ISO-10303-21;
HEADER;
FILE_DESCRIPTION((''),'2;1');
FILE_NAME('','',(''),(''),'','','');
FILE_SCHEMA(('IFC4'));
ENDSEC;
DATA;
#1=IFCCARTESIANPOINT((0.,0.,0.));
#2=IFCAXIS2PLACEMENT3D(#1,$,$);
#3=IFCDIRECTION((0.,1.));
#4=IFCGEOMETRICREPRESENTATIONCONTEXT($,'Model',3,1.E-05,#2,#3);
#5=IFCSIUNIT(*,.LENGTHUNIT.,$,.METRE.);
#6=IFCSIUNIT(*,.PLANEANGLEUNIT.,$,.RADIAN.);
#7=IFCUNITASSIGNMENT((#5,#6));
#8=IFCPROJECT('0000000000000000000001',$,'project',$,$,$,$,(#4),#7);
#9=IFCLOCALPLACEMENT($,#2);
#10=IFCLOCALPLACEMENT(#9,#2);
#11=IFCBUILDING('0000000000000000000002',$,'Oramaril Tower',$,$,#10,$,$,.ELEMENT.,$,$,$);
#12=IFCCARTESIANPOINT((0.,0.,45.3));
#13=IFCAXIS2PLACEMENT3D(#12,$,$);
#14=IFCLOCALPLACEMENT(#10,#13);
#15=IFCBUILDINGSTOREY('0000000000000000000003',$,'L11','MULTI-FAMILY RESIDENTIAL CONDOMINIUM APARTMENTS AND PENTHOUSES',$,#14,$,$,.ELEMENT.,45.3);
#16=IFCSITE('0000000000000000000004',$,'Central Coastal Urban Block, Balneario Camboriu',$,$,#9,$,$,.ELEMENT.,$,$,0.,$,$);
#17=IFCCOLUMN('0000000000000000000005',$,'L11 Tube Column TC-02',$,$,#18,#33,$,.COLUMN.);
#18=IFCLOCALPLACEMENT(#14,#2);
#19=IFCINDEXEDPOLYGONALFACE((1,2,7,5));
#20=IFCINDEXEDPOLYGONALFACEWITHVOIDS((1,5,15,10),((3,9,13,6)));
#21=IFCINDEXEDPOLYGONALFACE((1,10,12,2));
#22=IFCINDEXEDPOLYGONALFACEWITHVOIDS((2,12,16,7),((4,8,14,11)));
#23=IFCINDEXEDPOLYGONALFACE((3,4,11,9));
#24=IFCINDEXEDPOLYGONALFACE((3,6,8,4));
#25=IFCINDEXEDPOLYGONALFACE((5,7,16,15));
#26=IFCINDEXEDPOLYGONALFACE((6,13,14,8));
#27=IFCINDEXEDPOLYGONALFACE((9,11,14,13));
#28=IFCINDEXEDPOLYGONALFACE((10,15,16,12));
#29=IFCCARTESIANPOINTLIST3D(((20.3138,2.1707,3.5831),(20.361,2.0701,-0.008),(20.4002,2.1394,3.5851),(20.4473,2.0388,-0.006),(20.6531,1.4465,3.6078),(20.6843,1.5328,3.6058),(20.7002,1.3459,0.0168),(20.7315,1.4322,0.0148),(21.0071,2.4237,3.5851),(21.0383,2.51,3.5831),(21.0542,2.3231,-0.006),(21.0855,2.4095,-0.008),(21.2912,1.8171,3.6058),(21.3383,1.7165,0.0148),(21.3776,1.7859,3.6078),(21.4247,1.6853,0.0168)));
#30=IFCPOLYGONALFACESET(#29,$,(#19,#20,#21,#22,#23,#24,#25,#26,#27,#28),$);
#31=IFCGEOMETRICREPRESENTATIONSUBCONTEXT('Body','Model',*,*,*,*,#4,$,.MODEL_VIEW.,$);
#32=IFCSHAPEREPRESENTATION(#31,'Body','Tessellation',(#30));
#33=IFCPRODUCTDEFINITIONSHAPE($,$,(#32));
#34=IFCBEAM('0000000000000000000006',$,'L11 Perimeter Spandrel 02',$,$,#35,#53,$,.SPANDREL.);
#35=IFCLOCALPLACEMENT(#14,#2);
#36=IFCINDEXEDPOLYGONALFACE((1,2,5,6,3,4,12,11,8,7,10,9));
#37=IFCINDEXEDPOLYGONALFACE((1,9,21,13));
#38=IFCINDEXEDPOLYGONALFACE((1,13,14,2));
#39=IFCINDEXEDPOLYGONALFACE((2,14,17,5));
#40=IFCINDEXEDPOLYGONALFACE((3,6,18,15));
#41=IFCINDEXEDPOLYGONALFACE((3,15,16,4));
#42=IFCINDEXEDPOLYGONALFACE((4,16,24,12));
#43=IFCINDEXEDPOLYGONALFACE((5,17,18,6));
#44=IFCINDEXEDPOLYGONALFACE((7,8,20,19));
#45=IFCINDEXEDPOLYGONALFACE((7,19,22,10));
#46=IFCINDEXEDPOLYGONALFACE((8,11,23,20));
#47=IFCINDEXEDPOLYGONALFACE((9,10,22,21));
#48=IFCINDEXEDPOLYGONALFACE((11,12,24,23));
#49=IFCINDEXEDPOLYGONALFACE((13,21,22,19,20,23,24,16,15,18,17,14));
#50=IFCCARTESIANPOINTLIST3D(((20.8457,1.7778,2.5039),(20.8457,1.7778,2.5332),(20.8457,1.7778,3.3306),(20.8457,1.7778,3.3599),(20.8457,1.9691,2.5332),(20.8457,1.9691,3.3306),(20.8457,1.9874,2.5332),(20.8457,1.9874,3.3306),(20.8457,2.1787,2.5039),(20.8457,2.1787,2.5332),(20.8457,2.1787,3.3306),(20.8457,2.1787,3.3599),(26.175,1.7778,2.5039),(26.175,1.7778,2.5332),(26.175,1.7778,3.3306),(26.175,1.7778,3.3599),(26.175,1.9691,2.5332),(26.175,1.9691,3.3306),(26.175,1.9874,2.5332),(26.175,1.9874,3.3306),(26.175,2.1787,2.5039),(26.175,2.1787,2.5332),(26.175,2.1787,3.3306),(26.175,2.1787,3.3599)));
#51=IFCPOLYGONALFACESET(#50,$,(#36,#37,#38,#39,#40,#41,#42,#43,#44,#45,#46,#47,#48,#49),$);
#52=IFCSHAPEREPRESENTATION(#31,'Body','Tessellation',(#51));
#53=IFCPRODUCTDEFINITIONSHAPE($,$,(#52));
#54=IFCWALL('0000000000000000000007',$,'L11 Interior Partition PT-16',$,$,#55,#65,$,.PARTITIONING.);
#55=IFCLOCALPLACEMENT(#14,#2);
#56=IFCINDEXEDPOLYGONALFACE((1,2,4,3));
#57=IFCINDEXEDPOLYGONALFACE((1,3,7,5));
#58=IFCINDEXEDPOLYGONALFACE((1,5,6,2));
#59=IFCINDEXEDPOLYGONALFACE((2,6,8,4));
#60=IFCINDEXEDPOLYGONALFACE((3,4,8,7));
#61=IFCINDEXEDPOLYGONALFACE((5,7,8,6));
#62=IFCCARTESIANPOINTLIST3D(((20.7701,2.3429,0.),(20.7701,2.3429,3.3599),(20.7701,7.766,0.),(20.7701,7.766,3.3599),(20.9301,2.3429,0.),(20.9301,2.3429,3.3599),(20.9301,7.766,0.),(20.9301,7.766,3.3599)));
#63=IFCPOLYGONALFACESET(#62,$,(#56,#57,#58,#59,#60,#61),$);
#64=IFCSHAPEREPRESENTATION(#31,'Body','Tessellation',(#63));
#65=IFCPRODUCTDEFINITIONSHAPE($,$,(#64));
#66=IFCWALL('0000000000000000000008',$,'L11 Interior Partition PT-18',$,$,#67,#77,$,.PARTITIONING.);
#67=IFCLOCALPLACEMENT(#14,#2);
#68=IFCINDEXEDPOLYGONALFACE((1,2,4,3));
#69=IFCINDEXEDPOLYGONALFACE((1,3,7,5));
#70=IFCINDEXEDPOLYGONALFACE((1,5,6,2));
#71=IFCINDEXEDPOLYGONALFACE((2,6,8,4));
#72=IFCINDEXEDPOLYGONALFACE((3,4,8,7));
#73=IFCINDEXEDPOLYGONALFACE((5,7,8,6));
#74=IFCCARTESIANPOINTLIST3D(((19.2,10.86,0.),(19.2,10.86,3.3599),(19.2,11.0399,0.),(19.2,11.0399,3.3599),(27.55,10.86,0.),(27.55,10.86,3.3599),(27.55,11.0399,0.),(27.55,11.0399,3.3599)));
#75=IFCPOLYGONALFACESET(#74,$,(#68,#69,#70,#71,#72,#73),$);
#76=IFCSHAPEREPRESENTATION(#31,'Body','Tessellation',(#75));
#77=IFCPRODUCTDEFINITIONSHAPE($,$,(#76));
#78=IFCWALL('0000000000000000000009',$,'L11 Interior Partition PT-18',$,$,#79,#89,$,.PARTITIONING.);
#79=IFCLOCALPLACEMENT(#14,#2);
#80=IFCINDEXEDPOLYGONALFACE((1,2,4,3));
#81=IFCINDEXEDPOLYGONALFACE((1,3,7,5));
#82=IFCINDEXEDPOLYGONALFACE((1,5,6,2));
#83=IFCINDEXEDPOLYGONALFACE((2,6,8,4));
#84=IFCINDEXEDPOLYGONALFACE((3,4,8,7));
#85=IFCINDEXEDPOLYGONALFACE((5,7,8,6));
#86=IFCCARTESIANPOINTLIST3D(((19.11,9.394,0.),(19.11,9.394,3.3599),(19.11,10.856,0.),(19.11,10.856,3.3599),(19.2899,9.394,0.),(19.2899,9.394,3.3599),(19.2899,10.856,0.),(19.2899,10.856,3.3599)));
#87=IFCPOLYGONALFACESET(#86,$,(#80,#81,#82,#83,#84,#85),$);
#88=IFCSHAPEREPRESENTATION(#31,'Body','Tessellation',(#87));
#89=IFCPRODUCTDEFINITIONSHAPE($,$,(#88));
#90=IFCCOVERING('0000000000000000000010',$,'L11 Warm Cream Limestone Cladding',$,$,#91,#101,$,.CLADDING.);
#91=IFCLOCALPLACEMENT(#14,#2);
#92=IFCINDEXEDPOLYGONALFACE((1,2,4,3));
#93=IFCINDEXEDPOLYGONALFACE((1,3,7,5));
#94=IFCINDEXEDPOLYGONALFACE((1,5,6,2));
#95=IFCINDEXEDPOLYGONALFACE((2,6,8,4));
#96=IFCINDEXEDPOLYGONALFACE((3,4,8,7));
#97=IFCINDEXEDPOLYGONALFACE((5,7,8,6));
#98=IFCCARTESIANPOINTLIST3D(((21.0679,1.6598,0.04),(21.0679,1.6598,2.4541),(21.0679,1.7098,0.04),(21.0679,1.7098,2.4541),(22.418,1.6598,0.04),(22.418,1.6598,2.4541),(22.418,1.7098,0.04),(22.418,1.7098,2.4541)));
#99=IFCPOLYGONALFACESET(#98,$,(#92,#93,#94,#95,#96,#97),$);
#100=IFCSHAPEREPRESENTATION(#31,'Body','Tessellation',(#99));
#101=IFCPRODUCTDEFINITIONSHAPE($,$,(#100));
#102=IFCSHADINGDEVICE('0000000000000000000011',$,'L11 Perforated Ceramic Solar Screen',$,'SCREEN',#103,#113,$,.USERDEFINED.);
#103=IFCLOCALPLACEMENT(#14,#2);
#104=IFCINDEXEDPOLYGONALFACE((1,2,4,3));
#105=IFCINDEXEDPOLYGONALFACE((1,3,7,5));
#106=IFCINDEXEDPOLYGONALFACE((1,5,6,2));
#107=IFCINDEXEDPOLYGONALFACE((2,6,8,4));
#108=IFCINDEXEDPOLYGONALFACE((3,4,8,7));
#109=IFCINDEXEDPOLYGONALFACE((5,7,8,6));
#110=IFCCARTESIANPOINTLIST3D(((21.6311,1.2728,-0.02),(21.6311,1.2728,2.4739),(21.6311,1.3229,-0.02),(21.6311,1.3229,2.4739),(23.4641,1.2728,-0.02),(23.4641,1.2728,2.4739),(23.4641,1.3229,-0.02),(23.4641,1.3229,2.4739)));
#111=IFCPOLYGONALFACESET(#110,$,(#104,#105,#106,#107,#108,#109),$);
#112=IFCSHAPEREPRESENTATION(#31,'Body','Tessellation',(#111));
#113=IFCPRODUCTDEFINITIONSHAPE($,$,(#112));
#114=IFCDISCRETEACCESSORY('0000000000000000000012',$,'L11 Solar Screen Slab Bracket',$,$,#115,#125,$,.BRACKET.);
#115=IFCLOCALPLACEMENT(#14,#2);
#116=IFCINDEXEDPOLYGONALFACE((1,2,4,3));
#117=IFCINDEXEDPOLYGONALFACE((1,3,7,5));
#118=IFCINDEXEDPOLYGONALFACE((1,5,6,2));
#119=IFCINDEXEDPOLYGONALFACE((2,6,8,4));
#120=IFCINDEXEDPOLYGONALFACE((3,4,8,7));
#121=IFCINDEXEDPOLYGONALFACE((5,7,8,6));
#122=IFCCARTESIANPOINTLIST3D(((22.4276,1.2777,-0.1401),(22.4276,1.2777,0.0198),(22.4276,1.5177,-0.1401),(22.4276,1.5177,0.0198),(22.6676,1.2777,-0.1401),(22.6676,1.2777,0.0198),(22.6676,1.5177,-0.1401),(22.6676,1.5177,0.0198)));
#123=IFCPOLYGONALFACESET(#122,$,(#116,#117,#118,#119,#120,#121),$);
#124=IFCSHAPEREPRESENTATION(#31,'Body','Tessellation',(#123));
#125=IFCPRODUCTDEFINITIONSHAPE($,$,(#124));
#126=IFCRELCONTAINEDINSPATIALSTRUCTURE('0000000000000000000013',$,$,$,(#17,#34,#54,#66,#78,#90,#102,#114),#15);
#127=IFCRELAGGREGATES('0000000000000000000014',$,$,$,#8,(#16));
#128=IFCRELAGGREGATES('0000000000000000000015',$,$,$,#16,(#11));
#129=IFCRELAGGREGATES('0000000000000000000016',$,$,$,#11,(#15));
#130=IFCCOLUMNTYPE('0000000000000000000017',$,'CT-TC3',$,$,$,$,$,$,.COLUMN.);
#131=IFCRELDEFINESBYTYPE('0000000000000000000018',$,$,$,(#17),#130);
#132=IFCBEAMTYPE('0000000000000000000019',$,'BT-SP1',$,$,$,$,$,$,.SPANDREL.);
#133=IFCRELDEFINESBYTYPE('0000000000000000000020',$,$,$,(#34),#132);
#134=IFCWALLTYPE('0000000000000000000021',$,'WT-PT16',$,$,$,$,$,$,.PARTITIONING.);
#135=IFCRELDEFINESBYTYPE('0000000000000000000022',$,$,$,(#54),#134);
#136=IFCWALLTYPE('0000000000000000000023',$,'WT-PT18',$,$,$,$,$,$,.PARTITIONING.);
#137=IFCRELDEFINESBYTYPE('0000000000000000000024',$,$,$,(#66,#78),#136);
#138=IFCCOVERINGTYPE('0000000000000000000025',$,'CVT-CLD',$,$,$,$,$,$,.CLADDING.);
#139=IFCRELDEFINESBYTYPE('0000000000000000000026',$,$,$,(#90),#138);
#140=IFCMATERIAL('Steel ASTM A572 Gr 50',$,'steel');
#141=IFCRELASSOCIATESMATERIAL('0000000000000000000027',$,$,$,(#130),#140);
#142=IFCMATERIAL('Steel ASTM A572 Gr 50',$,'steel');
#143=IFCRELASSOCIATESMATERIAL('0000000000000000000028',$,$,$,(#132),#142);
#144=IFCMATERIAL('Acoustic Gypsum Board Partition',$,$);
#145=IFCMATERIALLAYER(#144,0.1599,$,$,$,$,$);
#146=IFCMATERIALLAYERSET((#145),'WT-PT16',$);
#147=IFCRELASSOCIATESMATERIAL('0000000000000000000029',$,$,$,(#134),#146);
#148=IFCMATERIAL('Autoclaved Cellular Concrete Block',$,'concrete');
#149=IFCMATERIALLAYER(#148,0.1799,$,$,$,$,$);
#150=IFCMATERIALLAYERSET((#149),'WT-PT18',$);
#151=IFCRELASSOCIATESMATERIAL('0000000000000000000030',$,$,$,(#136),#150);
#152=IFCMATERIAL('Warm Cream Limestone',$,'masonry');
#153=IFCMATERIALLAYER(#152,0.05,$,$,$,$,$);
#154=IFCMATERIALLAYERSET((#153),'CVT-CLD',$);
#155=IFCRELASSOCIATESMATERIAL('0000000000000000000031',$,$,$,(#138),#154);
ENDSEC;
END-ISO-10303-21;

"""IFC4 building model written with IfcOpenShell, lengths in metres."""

from ifc_helpers import new_model, si_unit, direction, frame, frame_2d, origin, origin_2d, place, context, subcontext, project, spatial, rectangle, hollow_rectangle, i_section, extrude, material, layer, layer_set, material_profile, profile_set, type_object, element, save


model = new_model("IFC4")

# Units and contexts
model_context = context("Model", 3, precision=1e-05, world=origin(), true_north=direction((0.0, 1.0)))
body_context = subcontext(model_context, "Body", "Model", "MODEL_VIEW")
ifc_project = project(units=[si_unit("LENGTHUNIT", "METRE"), si_unit("PLANEANGLEUNIT", "RADIAN")], contexts=[model_context])

# Site, building, storey
site_placement = place(None, origin())
site = spatial("IfcSite", under=ifc_project, at=site_placement, Name="Central Coastal Urban Block, Balneario Camboriu", CompositionType="ELEMENT", RefElevation=0.0)
building_placement = place(site_placement, origin())
building = spatial("IfcBuilding", under=site, at=building_placement, Name="Oramaril Tower", CompositionType="ELEMENT")
storey_placement = place(building_placement, frame((0.0, 0.0, 45.3)))
storey = spatial("IfcBuildingStorey", under=building, at=storey_placement, Name="L11", Description="MULTI-FAMILY RESIDENTIAL CONDOMINIUM APARTMENTS AND PENTHOUSES", CompositionType="ELEMENT", Elevation=45.3)

# Column
ifc_material_1 = material(Name="Steel ASTM A572 Gr 50", Category="steel")
ifc_material_profile_1 = material_profile(ifc_material_1, hollow_rectangle(XDim=0.8, YDim=0.8, WallThickness=0.0649, at=origin_2d()), Name="BOX800X800X65")
ifc_profile_set_1 = profile_set([ifc_material_profile_1], Name="Steel ASTM A572 Gr 50")
column_type = type_object("IfcColumnType", Name="CT-TC3", PredefinedType="COLUMN", material=ifc_profile_set_1)
column_placement = place(storey_placement, frame((20.8928, 1.8777, 0.0044), z_axis=(-0.013115, 0.027997, 0.999522), x_axis=(-0.905564, -0.424209, 0.0)))
element("IfcColumn", 1, at=column_placement, inside=storey, type_object=column_type, Name="L11 Tube Column TC-02", PredefinedType="COLUMN", context=body_context, shape_type="SweptSolid", body=[
    extrude(hollow_rectangle(XDim=0.8, YDim=0.8, WallThickness=0.0649, at=origin_2d()), origin(), (0.0, 0.0, 1.0), 3.5928),
])

# Beam
ifc_material_2 = material(Name="Steel ASTM A572 Gr 50", Category="steel")
ifc_material_profile_2 = material_profile(ifc_material_2, i_section(OverallWidth=0.4009, OverallDepth=0.856, WebThickness=0.0183, FlangeThickness=0.0293, at=origin_2d()), Name="W33X201")
ifc_profile_set_2 = profile_set([ifc_material_profile_2], Name="Steel ASTM A572 Gr 50")
beam_type = type_object("IfcBeamType", Name="BT-SP1", PredefinedType="SPANDREL", material=ifc_profile_set_2)
beam_placement = place(storey_placement, frame((20.8457, 1.9783, 2.9319), z_axis=(1.0, 0.0, 0.0), x_axis=(0.0, 1.0, 0.0)))
element("IfcBeam", 2, at=beam_placement, inside=storey, type_object=beam_type, Name="L11 Perimeter Spandrel 02", PredefinedType="SPANDREL", context=body_context, shape_type="SweptSolid", body=[
    extrude(i_section(OverallWidth=0.4009, OverallDepth=0.856, WebThickness=0.0183, FlangeThickness=0.0293, at=origin_2d()), origin(), (0.0, 0.0, 1.0), 5.3293),
])

# Walls
ifc_material_3 = material(Name="Acoustic Gypsum Board Partition")
ifc_layer_1 = layer(ifc_material_3, 0.1599)
ifc_layer_set_1 = layer_set([ifc_layer_1], Name="WT-PT16")
wall_type_1 = type_object("IfcWallType", Name="WT-PT16", PredefinedType="PARTITIONING", material=ifc_layer_set_1)
wall_1_placement = place(storey_placement, frame((20.8501, 2.343, 0.0), z_axis=(0.0, 0.0, 1.0), x_axis=(0.0, 1.0, 0.0)))
element("IfcWall", 3, at=wall_1_placement, inside=storey, type_object=wall_type_1, Name="L11 Interior Partition PT-16", PredefinedType="PARTITIONING", context=body_context, shape_type="SweptSolid", body=[
    extrude(rectangle(XDim=5.4231, YDim=0.1599, at=frame_2d((2.7114, 0.0))), origin(), (0.0, 0.0, 1.0), 3.3599),
])
ifc_material_4 = material(Name="Autoclaved Cellular Concrete Block", Category="concrete")
ifc_layer_2 = layer(ifc_material_4, 0.1799)
ifc_layer_set_2 = layer_set([ifc_layer_2], Name="WT-PT18")
wall_type_2 = type_object("IfcWallType", Name="WT-PT18", PredefinedType="PARTITIONING", material=ifc_layer_set_2)
wall_2_placement = place(storey_placement, frame((19.2, 10.95, 0.0), z_axis=(0.0, 0.0, 1.0), x_axis=(1.0, 0.0, 0.0)))
element("IfcWall", 4, at=wall_2_placement, inside=storey, type_object=wall_type_2, Name="L11 Interior Partition PT-18", PredefinedType="PARTITIONING", context=body_context, shape_type="SweptSolid", body=[
    extrude(rectangle(XDim=8.3501, YDim=0.1799, at=frame_2d((4.175, 0.0))), origin(), (0.0, 0.0, 1.0), 3.3599),
])
wall_3_placement = place(storey_placement, frame((19.2, 9.394, 0.0), z_axis=(0.0, 0.0, 1.0), x_axis=(0.0, 1.0, 0.0)))
element("IfcWall", 5, at=wall_3_placement, inside=storey, type_object=wall_type_2, Name="L11 Interior Partition PT-18", PredefinedType="PARTITIONING", context=body_context, shape_type="SweptSolid", body=[
    extrude(rectangle(XDim=1.4619, YDim=0.1799, at=frame_2d((0.731, 0.0))), origin(), (0.0, 0.0, 1.0), 3.3599),
])

# Covering
ifc_material_5 = material(Name="Warm Cream Limestone", Category="masonry")
ifc_layer_3 = layer(ifc_material_5, 0.05)
ifc_layer_set_3 = layer_set([ifc_layer_3], Name="CVT-CLD")
covering_type = type_object("IfcCoveringType", Name="CVT-CLD", PredefinedType="CLADDING", material=ifc_layer_set_3)
covering_placement = place(storey_placement, frame((21.7429, 1.6848, 0.04), z_axis=(0.0, 0.0, 1.0), x_axis=(1.0, 0.0, 0.0)))
element("IfcCovering", 6, at=covering_placement, inside=storey, type_object=covering_type, Name="L11 Warm Cream Limestone Cladding", PredefinedType="CLADDING", context=body_context, shape_type="SweptSolid", body=[
    extrude(rectangle(XDim=1.3501, YDim=0.05, at=origin_2d()), origin(), (0.0, 0.0, 1.0), 2.4141),
])

# Shading device
shading_device_placement = place(storey_placement, frame((22.5476, 1.2979, -0.02), z_axis=(0.0, 0.0, 1.0), x_axis=(1.0, 0.0, 0.0)))
element("IfcShadingDevice", 7, at=shading_device_placement, inside=storey, Name="L11 Perforated Ceramic Solar Screen", ObjectType="SCREEN", PredefinedType="USERDEFINED", context=body_context, shape_type="SweptSolid", body=[
    extrude(rectangle(XDim=1.833, YDim=0.05, at=origin_2d()), origin(), (0.0, 0.0, 1.0), 2.4939),
])

# Discrete accessory
discrete_accessory_placement = place(storey_placement, frame((22.5476, 1.3977, -0.1401), z_axis=(0.0, 0.0, 1.0), x_axis=(1.0, 0.0, 0.0)))
element("IfcDiscreteAccessory", 8, at=discrete_accessory_placement, inside=storey, Name="L11 Solar Screen Slab Bracket", PredefinedType="BRACKET", context=body_context, shape_type="SweptSolid", body=[
    extrude(rectangle(XDim=0.24, YDim=0.24, at=origin_2d()), origin(), (0.0, 0.0, 1.0), 0.1599),
])

save(model, "model.ifc")
